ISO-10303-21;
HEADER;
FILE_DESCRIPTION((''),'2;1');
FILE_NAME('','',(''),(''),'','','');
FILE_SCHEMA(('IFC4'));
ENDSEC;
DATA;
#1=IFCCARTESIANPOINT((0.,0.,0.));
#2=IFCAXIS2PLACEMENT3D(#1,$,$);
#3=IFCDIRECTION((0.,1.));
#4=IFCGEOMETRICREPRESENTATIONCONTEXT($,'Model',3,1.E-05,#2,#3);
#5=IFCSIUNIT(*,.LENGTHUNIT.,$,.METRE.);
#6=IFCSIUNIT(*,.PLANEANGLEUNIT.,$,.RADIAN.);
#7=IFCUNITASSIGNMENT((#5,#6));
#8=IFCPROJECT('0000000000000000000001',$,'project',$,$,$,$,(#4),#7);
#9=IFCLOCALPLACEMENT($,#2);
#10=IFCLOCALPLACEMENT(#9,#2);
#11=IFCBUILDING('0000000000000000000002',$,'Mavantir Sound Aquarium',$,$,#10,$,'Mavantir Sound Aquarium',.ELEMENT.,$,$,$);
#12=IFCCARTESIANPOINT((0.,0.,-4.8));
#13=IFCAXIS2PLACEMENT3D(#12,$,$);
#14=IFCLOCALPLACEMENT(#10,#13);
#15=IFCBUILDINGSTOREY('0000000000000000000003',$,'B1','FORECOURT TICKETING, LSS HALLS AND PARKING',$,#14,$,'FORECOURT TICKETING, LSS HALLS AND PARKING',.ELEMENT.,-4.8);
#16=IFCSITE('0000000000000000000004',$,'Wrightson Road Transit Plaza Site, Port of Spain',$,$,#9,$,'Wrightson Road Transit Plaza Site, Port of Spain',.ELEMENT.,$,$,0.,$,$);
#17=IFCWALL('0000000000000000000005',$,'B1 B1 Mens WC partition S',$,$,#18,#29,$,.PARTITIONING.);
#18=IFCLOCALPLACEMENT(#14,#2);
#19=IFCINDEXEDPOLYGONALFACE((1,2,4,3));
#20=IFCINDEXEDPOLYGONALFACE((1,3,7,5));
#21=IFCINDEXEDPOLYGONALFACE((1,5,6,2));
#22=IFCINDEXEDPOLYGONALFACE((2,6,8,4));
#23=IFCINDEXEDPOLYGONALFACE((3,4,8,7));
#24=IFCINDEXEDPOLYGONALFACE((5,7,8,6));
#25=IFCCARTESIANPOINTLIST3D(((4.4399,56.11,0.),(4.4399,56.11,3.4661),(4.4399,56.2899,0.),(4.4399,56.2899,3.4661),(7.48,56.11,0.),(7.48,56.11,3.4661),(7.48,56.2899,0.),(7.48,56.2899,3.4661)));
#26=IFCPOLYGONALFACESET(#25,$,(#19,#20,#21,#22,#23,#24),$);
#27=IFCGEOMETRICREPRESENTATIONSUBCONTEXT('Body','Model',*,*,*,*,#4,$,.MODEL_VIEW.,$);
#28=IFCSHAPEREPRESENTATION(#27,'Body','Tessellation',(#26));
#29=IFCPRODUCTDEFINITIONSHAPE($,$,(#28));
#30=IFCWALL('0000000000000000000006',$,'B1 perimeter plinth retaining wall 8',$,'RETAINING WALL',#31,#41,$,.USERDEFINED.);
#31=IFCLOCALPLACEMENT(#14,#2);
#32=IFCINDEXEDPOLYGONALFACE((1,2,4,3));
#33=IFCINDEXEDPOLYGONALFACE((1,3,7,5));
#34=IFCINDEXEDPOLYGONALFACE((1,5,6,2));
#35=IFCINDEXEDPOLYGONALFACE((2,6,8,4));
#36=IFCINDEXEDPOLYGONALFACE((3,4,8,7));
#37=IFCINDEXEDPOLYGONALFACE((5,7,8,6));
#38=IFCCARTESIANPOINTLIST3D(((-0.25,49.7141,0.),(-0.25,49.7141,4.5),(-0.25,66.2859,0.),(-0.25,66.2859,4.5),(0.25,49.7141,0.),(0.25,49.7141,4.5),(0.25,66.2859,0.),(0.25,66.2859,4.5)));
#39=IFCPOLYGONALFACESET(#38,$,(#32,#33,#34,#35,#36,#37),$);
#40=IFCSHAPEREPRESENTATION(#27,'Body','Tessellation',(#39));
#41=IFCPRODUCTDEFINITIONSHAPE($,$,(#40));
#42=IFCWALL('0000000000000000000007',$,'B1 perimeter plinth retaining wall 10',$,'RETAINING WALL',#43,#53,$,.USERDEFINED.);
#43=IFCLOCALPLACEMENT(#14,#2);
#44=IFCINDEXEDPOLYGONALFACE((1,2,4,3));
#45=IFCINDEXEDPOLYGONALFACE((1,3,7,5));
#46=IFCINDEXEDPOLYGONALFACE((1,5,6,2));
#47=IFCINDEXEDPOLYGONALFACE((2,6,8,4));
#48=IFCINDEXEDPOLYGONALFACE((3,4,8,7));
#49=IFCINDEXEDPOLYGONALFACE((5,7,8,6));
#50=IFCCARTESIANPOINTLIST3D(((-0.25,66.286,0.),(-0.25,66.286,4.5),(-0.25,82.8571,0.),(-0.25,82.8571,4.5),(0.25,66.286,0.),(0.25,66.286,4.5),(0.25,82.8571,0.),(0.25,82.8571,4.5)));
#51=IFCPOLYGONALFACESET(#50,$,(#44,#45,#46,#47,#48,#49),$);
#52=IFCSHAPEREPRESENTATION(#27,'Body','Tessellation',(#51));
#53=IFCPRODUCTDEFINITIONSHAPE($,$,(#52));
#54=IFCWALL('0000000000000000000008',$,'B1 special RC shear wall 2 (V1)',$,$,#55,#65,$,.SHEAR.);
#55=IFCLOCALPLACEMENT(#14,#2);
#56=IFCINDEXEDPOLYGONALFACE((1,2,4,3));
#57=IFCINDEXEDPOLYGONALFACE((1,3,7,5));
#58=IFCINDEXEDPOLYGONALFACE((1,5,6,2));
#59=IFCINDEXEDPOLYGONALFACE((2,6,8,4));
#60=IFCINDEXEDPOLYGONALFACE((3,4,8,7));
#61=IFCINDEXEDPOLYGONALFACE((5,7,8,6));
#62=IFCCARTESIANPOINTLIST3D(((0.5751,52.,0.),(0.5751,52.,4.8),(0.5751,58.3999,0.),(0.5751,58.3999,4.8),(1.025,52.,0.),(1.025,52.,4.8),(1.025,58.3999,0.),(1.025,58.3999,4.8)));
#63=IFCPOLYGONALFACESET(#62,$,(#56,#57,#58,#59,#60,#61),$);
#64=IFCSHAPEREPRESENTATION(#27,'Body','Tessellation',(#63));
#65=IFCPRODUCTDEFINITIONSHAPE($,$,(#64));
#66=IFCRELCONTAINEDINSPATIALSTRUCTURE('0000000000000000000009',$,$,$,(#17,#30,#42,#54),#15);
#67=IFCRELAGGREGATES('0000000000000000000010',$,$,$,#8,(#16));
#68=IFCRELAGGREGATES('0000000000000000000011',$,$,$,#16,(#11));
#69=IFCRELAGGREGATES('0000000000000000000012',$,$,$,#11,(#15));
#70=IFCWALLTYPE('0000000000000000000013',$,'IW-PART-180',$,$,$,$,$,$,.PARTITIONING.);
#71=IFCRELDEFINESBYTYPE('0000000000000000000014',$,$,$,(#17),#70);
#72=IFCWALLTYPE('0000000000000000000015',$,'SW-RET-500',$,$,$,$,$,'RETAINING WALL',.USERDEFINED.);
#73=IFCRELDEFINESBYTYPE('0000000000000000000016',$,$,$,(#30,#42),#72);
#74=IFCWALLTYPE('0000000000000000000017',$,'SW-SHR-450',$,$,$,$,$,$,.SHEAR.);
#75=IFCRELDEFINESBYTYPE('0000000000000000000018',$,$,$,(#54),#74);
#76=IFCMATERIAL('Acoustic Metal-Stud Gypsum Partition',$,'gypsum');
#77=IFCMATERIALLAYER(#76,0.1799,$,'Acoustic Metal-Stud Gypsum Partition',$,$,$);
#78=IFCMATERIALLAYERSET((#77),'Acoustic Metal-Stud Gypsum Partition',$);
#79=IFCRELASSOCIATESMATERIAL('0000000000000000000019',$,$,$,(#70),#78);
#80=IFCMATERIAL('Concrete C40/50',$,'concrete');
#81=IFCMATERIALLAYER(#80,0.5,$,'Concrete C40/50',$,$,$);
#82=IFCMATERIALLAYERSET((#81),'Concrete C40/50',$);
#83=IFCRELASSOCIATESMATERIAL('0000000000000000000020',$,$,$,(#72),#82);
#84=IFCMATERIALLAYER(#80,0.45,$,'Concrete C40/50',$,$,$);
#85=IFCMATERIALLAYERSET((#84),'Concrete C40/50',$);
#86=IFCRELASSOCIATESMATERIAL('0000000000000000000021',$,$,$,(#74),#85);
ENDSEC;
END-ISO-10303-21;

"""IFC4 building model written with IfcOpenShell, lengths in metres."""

from ifc_helpers import new_model, si_unit, direction, frame, frame_2d, origin, place, context, subcontext, project, spatial, rectangle, extrude, material, layer, layer_set, type_object, element, save


model = new_model("IFC4")

# Units and contexts
model_context = context("Model", 3, precision=1e-05, world=origin(), true_north=direction((0.0, 1.0)))
body_context = subcontext(model_context, "Body", "Model", "MODEL_VIEW")
ifc_project = project(units=[si_unit("LENGTHUNIT", "METRE"), si_unit("PLANEANGLEUNIT", "RADIAN")], contexts=[model_context])

# Site, building, storey
site_placement = place(None, origin())
site = spatial("IfcSite", under=ifc_project, at=site_placement, Name="Wrightson Road Transit Plaza Site, Port of Spain", LongName="Wrightson Road Transit Plaza Site, Port of Spain", CompositionType="ELEMENT", RefElevation=0.0)
building_placement = place(site_placement, origin())
building = spatial("IfcBuilding", under=site, at=building_placement, Name="Mavantir Sound Aquarium", LongName="Mavantir Sound Aquarium", CompositionType="ELEMENT")
storey_placement = place(building_placement, frame((0.0, 0.0, -4.8)))
storey = spatial("IfcBuildingStorey", under=building, at=storey_placement, Name="B1", Description="FORECOURT TICKETING, LSS HALLS AND PARKING", LongName="FORECOURT TICKETING, LSS HALLS AND PARKING", CompositionType="ELEMENT", Elevation=-4.8)

# Shared definitions
ifc_material_1 = material(Name="Concrete C40/50", Category="concrete")

# Shared definitions
ifc_material_2 = material(Name="Acoustic Metal-Stud Gypsum Partition", Category="gypsum")

# Wall
ifc_layer_1 = layer(ifc_material_2, 0.1799, Name="Acoustic Metal-Stud Gypsum Partition")
ifc_layer_set_1 = layer_set([ifc_layer_1], Name="Acoustic Metal-Stud Gypsum Partition")
wall_type_1 = type_object("IfcWallType", Name="IW-PART-180", PredefinedType="PARTITIONING", material=ifc_layer_set_1)
for number, where, z_axis, x_axis, name in (
    (1, (4.4399, 56.2, 0.0), (0.0, 0.0, 1.0), (1.0, 0.0, 0.0), "B1 B1 Mens WC partition S"),
):
    element("IfcWall", number, at=place(storey_placement, frame(where, z_axis=z_axis, x_axis=x_axis)), inside=storey, type_object=wall_type_1, Name=name, PredefinedType="PARTITIONING", context=body_context, shape_type="SweptSolid", body=[
        extrude(rectangle(XDim=3.04, YDim=0.1799, at=frame_2d((1.52, 0.0))), origin(), (0.0, 0.0, 1.0), 3.4661),
    ])

# Walls
ifc_layer_2 = layer(ifc_material_1, 0.5, Name="Concrete C40/50")
ifc_layer_set_2 = layer_set([ifc_layer_2], Name="Concrete C40/50")
wall_type_2 = type_object("IfcWallType", Name="SW-RET-500", ElementType="RETAINING WALL", PredefinedType="USERDEFINED", material=ifc_layer_set_2)
wall_1_placement = place(storey_placement, frame((0.0, 49.7141, 0.0), z_axis=(0.0, 0.0, 1.0), x_axis=(0.0, 1.0, 0.0)))
element("IfcWall", 2, at=wall_1_placement, inside=storey, type_object=wall_type_2, Name="B1 perimeter plinth retaining wall 8", ObjectType="RETAINING WALL", PredefinedType="USERDEFINED", context=body_context, shape_type="SweptSolid", body=[
    extrude(rectangle(XDim=16.5718, YDim=0.5, at=frame_2d((8.2859, 0.0))), origin(), (0.0, 0.0, 1.0), 4.5),
])
wall_2_placement = place(storey_placement, frame((0.0, 66.2859, 0.0), z_axis=(0.0, 0.0, 1.0), x_axis=(0.0, 1.0, 0.0)))
element("IfcWall", 3, at=wall_2_placement, inside=storey, type_object=wall_type_2, Name="B1 perimeter plinth retaining wall 10", ObjectType="RETAINING WALL", PredefinedType="USERDEFINED", context=body_context, shape_type="SweptSolid", body=[
    extrude(rectangle(XDim=16.571, YDim=0.5, at=frame_2d((8.2856, 0.0))), origin(), (0.0, 0.0, 1.0), 4.5),
])
ifc_layer_3 = layer(ifc_material_1, 0.45, Name="Concrete C40/50")
ifc_layer_set_3 = layer_set([ifc_layer_3], Name="Concrete C40/50")
wall_type_3 = type_object("IfcWallType", Name="SW-SHR-450", PredefinedType="SHEAR", material=ifc_layer_set_3)
wall_3_placement = place(storey_placement, frame((0.8, 52.0, 0.0), z_axis=(0.0, 0.0, 1.0), x_axis=(0.0, 1.0, 0.0)))
element("IfcWall", 4, at=wall_3_placement, inside=storey, type_object=wall_type_3, Name="B1 special RC shear wall 2 (V1)", PredefinedType="SHEAR", context=body_context, shape_type="SweptSolid", body=[
    extrude(rectangle(XDim=6.3999, YDim=0.45, at=frame_2d((3.2, 0.0))), origin(), (0.0, 0.0, 1.0), 4.8),
])

save(model, "model.ifc")
